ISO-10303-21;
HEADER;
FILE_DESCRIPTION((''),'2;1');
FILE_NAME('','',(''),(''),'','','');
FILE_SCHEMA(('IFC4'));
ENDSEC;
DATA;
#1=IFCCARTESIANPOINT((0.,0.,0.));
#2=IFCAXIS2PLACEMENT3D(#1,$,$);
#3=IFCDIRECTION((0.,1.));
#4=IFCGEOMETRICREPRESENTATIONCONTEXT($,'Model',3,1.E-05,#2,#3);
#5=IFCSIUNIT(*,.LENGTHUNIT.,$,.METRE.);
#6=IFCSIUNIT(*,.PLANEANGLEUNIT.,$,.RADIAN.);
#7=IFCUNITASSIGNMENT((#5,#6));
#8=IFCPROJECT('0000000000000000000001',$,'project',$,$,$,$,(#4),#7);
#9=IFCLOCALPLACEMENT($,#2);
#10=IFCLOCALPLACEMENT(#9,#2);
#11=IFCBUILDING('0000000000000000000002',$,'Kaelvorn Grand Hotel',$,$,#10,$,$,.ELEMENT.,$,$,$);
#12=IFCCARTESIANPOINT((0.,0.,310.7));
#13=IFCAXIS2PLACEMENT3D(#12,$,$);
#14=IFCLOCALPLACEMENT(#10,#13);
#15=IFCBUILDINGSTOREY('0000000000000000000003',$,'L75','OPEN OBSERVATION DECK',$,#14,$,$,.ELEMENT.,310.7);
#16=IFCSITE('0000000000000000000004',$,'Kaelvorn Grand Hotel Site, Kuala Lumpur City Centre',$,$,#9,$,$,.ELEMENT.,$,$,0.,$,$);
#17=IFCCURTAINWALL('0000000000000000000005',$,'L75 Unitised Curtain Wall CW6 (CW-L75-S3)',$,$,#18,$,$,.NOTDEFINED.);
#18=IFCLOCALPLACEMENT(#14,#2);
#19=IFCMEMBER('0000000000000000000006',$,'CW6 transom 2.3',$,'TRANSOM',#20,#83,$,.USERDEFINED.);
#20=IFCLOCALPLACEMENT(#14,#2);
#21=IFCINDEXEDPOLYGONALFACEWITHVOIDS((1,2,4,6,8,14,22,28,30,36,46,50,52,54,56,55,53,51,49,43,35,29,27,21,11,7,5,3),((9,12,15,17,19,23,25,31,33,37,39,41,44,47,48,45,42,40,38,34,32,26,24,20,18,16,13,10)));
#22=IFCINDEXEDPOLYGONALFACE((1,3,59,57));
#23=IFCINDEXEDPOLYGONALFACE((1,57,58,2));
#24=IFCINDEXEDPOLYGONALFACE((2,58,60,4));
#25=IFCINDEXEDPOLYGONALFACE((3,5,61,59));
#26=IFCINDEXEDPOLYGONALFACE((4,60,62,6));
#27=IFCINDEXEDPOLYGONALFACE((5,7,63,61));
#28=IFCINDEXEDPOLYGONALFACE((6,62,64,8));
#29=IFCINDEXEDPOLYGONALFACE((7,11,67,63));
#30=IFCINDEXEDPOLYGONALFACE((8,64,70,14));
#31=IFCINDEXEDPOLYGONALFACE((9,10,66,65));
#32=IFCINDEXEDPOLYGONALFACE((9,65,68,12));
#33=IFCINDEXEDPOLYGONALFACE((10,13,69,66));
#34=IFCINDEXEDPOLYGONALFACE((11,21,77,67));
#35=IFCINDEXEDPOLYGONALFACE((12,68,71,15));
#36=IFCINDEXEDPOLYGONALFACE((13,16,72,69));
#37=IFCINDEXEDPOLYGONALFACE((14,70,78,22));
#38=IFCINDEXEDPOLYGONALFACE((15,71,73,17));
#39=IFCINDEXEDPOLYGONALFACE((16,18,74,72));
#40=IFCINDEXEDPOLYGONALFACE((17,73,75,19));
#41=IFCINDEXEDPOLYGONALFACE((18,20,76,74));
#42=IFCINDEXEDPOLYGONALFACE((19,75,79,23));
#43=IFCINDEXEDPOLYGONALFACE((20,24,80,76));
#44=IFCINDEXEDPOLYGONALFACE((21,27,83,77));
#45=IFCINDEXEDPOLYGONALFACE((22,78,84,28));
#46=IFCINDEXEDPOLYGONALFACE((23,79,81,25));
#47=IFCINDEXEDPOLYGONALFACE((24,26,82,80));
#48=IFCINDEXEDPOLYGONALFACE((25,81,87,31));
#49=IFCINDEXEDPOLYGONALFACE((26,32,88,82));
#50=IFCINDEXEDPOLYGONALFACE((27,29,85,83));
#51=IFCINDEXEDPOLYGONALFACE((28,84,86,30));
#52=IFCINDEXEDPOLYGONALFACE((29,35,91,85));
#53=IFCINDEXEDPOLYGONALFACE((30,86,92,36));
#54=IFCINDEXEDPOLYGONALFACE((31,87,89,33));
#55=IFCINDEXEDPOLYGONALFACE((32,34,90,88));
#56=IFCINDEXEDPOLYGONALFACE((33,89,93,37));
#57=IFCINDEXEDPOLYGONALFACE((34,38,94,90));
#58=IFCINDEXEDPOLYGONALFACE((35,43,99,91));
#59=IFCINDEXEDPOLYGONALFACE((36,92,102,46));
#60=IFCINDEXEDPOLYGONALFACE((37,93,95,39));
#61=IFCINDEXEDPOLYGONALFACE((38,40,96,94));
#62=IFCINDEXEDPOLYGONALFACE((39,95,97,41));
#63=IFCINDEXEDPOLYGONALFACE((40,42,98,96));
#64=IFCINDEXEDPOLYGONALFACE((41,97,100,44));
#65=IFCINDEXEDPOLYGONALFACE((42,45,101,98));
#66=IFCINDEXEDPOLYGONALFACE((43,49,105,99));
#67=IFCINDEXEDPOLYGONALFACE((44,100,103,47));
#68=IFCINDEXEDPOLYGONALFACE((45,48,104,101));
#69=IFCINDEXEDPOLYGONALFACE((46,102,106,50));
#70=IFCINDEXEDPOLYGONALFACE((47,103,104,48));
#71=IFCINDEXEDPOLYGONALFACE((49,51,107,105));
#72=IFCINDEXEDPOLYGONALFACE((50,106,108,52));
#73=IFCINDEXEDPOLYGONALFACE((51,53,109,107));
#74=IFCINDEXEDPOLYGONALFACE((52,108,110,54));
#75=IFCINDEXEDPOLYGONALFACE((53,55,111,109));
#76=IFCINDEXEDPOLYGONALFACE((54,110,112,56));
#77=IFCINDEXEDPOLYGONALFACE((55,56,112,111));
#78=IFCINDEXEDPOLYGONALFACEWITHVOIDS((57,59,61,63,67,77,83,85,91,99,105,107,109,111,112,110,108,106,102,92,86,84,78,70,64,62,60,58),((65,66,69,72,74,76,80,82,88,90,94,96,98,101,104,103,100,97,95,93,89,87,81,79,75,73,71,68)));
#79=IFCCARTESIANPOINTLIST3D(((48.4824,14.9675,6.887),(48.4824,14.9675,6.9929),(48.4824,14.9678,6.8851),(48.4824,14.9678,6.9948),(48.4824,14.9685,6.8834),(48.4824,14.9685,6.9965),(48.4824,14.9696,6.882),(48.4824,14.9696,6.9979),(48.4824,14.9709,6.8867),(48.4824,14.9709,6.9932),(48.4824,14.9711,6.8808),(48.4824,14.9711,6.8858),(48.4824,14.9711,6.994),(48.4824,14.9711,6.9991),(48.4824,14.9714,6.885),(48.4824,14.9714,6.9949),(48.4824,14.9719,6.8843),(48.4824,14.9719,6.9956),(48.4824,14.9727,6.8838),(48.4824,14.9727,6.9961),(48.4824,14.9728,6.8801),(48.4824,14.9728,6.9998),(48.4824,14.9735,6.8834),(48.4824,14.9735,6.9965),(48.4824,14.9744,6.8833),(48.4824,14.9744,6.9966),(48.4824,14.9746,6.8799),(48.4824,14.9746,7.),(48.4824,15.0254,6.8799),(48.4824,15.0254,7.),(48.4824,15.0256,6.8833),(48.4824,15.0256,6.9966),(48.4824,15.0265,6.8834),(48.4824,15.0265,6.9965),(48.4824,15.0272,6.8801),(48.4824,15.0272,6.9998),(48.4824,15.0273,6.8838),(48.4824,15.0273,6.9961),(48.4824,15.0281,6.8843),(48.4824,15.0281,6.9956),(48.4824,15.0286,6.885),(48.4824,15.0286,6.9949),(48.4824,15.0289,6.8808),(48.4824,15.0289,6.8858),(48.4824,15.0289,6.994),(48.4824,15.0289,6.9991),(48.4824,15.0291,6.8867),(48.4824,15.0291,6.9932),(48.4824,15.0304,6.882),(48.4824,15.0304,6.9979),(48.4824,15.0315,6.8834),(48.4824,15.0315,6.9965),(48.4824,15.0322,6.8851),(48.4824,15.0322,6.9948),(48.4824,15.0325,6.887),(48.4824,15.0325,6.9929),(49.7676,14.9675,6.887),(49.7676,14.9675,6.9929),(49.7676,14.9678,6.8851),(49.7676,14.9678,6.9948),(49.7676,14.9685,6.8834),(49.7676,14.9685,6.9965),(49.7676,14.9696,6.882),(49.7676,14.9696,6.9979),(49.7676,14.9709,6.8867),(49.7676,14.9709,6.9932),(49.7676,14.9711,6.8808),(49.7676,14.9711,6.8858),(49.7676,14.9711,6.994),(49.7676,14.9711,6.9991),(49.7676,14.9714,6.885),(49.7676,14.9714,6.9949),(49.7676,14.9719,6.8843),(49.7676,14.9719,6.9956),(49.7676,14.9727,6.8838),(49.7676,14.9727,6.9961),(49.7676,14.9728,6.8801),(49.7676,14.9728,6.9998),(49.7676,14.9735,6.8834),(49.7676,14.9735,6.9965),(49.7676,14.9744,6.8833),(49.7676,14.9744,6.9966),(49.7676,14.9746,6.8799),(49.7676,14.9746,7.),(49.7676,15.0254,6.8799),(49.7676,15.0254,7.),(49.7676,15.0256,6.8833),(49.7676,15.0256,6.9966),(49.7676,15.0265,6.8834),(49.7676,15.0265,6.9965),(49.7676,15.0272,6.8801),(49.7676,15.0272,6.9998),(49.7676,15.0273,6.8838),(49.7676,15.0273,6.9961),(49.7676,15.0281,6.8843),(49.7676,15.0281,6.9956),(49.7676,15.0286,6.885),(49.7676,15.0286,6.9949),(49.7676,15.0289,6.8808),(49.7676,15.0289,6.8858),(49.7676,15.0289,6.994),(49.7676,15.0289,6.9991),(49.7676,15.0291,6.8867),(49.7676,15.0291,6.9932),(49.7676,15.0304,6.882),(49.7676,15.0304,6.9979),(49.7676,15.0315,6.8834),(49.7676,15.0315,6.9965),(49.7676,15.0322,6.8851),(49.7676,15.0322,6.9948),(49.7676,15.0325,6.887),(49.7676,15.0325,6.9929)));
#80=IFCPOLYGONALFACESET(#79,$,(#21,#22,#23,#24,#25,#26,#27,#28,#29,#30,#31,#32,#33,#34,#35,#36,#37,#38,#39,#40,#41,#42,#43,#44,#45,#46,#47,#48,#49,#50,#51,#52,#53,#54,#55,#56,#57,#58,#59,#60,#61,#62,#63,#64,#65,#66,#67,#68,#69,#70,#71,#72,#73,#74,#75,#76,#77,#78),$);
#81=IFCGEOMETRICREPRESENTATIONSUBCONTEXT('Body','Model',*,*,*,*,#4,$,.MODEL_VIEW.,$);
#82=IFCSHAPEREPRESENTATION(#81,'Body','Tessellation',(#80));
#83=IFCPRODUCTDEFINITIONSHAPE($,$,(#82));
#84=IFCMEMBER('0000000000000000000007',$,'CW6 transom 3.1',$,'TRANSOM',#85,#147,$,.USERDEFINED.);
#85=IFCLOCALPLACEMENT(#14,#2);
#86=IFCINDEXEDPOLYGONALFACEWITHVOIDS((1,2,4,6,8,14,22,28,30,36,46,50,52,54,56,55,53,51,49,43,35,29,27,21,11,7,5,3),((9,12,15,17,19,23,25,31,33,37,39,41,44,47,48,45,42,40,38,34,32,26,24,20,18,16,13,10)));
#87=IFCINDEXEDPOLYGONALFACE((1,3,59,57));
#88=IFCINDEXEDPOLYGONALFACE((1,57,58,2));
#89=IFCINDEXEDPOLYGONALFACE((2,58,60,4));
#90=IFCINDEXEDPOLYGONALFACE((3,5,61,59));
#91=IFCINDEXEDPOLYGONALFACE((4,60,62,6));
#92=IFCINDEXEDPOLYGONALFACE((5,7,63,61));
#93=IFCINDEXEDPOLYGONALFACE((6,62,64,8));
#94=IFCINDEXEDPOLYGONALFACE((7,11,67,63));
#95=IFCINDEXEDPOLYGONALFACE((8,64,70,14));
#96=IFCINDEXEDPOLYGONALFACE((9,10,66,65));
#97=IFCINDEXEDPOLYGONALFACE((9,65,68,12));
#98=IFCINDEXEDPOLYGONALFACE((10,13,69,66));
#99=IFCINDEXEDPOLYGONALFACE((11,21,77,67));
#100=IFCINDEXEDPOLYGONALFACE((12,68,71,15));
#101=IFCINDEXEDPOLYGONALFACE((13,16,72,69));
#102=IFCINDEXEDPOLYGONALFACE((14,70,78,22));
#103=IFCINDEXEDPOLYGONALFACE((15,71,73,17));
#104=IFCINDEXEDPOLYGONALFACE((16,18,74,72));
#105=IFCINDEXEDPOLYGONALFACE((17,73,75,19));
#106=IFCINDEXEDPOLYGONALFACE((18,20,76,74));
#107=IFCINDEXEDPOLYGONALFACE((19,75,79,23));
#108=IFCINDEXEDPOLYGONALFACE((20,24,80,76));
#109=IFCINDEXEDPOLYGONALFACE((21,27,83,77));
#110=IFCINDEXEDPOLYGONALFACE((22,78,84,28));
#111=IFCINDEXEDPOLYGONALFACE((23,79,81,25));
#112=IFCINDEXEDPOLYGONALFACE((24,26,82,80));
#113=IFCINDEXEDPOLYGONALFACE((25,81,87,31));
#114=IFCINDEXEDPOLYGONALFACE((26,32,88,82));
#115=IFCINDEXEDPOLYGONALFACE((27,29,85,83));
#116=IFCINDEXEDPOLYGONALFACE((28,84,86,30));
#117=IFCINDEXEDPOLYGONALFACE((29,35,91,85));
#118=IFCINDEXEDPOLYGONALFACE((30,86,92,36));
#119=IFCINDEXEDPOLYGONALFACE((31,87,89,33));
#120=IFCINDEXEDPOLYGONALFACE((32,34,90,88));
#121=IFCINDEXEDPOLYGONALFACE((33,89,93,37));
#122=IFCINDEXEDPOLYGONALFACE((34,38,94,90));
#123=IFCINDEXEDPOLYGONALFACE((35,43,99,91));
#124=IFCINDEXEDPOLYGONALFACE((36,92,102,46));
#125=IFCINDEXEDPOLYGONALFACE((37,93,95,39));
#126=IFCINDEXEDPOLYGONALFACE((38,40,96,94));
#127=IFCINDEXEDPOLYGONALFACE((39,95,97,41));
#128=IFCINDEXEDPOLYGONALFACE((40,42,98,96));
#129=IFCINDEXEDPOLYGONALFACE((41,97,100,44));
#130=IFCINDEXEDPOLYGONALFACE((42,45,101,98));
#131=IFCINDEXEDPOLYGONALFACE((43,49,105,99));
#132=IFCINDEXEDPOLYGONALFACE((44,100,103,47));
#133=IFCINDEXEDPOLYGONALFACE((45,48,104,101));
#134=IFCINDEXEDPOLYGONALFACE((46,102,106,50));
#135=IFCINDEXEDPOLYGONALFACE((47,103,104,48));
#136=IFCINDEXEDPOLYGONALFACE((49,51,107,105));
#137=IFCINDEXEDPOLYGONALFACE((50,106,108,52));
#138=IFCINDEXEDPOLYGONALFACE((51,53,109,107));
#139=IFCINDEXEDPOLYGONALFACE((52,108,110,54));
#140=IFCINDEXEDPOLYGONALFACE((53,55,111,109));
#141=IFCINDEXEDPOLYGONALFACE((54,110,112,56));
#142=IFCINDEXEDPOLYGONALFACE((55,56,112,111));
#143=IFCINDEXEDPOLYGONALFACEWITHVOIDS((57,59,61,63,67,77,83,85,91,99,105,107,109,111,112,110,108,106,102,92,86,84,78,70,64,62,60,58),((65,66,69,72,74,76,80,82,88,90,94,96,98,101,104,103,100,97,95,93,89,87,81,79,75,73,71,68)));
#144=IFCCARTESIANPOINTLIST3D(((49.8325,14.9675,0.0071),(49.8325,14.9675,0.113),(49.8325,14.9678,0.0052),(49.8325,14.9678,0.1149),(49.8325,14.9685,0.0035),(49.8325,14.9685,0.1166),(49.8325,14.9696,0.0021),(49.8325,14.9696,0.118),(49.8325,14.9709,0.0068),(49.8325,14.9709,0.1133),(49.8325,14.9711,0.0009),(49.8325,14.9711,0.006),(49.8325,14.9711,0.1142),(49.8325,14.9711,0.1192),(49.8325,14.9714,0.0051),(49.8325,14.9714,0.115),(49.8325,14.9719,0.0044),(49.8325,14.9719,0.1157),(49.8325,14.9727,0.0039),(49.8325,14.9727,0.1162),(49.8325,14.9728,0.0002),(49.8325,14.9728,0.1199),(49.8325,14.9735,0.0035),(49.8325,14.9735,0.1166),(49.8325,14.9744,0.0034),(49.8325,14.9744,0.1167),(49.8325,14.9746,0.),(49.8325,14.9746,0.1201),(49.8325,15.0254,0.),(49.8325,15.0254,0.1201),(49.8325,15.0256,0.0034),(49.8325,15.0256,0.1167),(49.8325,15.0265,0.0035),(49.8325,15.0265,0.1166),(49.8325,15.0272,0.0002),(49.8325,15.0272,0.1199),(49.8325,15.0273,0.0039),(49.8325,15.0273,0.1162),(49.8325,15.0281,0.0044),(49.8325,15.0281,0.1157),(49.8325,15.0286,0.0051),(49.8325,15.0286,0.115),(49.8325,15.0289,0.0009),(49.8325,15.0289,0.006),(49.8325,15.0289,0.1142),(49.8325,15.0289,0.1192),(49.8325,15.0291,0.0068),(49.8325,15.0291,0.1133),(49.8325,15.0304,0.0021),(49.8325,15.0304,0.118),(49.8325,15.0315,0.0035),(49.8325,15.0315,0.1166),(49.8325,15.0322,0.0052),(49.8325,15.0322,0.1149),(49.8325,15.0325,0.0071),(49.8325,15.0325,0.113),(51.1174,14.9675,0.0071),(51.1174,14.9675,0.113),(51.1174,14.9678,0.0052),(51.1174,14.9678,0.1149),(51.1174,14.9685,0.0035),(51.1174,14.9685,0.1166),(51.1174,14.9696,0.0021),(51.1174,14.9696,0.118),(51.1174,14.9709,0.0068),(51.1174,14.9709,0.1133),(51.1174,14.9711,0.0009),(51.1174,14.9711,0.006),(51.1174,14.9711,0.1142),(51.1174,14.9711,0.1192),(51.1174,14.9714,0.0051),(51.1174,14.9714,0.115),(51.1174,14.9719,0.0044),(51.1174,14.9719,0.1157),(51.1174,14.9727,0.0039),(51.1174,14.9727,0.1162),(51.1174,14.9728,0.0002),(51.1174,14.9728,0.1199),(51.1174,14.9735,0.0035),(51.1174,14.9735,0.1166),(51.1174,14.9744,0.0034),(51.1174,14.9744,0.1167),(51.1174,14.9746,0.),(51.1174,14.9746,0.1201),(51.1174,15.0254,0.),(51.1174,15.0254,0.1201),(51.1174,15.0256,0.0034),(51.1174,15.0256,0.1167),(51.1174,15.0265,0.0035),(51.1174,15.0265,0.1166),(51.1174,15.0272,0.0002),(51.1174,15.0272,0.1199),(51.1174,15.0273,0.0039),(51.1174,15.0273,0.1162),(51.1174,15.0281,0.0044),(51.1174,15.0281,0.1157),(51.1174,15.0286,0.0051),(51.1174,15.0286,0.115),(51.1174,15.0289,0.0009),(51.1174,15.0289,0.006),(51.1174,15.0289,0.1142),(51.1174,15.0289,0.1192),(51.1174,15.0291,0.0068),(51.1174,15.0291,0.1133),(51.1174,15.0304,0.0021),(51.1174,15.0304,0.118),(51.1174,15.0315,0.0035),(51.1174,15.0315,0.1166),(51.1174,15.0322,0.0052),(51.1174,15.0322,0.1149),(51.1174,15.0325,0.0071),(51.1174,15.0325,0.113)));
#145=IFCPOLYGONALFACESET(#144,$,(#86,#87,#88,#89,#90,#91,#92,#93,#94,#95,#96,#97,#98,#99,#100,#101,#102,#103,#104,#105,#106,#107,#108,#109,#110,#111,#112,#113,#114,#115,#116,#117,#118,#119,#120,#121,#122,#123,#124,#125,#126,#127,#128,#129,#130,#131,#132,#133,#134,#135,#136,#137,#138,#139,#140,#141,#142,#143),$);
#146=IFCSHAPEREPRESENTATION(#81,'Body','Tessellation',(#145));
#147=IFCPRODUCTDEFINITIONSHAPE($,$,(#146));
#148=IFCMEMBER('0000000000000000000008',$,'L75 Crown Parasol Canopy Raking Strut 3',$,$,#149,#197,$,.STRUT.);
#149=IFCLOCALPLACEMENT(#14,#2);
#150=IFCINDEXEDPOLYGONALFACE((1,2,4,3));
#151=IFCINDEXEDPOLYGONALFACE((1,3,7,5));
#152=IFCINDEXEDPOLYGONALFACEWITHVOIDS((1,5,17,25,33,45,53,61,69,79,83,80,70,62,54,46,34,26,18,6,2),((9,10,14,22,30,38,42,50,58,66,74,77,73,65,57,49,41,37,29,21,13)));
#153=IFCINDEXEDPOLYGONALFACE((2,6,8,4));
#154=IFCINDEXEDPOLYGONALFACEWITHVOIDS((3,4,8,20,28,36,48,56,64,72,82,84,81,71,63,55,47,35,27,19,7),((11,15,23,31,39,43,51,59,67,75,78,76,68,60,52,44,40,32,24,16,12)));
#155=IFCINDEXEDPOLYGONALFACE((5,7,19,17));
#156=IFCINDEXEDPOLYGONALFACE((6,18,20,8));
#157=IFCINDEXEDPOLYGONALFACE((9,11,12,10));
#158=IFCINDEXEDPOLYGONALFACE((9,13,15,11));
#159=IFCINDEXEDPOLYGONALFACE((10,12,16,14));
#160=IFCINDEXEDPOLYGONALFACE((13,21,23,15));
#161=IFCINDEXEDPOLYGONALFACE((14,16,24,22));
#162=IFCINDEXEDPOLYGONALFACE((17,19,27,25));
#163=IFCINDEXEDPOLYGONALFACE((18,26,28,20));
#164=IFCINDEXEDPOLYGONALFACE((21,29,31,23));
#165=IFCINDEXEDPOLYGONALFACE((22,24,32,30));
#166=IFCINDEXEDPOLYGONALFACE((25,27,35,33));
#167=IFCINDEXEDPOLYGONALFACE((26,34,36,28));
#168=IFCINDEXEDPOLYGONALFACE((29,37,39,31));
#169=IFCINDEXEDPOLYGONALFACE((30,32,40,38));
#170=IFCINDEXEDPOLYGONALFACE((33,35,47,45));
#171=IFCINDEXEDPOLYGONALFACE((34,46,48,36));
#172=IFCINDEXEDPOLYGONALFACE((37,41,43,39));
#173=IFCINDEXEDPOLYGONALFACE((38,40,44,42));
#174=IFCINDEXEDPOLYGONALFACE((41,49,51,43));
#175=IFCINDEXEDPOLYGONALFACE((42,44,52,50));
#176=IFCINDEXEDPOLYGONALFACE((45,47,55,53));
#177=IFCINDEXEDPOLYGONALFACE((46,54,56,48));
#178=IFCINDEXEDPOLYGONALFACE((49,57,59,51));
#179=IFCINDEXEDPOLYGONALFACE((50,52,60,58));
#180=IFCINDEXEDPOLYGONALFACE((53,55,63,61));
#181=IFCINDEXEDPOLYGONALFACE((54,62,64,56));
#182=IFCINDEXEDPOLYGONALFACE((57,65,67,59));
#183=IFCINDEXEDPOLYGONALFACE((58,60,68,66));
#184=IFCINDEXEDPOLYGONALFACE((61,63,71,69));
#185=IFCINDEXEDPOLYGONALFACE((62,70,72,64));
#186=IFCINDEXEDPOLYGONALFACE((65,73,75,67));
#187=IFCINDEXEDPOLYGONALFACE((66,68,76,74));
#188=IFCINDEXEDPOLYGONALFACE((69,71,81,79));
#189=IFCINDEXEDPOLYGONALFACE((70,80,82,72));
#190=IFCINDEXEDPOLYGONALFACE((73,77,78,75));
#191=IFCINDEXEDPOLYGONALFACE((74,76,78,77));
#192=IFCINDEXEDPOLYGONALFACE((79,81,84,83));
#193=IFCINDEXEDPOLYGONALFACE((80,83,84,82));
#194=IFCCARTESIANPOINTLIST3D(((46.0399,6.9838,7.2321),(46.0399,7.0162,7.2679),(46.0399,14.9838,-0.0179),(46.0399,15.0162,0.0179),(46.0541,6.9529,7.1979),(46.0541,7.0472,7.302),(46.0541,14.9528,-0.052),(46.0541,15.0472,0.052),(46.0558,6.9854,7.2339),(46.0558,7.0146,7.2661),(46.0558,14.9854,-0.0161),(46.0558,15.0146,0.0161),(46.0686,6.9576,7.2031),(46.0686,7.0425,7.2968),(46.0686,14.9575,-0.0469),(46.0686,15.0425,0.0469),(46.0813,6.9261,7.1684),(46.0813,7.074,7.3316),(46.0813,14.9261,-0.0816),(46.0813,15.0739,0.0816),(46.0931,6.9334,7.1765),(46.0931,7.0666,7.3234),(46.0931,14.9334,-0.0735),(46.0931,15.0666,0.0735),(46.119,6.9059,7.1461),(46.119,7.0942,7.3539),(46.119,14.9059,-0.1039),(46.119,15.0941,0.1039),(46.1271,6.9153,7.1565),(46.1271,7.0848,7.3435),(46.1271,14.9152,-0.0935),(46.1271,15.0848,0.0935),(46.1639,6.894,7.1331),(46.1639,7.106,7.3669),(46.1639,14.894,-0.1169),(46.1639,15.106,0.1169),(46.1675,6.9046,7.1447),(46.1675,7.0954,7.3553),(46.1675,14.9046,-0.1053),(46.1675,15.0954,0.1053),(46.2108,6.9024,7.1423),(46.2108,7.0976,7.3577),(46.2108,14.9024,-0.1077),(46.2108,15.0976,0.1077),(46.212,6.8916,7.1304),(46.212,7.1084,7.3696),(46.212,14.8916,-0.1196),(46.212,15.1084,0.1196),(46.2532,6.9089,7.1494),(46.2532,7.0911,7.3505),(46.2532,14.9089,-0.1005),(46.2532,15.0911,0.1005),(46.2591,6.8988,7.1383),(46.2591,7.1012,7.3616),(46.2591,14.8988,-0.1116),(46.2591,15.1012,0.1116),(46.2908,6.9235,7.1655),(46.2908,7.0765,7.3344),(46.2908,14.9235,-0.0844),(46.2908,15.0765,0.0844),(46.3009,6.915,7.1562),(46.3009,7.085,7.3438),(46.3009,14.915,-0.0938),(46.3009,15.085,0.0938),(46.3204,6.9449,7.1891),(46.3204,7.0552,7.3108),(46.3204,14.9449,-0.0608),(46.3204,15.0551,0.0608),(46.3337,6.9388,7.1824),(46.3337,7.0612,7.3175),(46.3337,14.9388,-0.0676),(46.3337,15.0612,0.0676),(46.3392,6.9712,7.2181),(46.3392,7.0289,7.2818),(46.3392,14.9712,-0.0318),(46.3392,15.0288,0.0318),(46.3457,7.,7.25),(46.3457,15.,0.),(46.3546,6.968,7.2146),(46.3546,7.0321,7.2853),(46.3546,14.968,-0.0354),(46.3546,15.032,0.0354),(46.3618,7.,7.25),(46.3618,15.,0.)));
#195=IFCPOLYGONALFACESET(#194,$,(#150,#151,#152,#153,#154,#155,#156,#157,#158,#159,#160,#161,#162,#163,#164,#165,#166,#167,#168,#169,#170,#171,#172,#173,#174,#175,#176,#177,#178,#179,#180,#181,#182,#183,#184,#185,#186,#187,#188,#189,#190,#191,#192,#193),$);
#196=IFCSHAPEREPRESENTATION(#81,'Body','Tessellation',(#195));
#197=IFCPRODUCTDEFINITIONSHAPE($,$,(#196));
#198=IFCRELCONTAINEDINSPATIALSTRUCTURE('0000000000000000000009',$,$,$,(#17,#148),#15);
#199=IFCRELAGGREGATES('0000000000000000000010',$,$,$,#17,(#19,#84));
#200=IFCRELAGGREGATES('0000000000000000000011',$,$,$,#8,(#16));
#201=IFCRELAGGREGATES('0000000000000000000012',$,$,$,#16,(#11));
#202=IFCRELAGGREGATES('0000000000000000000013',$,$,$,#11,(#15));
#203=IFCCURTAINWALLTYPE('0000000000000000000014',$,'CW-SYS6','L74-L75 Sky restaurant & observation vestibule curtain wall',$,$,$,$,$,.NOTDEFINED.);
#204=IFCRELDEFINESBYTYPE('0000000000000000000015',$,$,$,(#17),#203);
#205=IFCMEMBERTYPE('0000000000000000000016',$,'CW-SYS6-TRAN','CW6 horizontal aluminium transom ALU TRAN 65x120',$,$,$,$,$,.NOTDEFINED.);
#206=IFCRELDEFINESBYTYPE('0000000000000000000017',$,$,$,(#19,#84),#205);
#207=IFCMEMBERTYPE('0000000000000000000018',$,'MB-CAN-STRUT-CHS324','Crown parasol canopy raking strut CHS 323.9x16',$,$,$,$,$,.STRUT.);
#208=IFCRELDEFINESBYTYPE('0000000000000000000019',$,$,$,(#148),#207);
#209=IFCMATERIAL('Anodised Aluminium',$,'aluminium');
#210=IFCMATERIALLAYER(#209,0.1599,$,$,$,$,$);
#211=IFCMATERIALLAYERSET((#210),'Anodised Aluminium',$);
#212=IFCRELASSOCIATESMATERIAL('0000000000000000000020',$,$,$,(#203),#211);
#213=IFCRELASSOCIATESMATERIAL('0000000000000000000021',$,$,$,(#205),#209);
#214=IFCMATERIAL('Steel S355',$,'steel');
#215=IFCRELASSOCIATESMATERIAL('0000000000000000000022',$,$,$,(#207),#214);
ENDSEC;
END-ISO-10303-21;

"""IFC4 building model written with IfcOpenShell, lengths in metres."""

from ifc_helpers import new_model, si_unit, direction, frame, origin, origin_2d, place, context, subcontext, project, spatial, hollow_rectangle, hollow_circle, extrude, material, layer, layer_set, material_profile, profile_set, type_object, element, aggregate, save


model = new_model("IFC4")

# Units and contexts
model_context = context("Model", 3, precision=1e-05, world=origin(), true_north=direction((0.0, 1.0)))
body_context = subcontext(model_context, "Body", "Model", "MODEL_VIEW")
ifc_project = project(units=[si_unit("LENGTHUNIT", "METRE"), si_unit("PLANEANGLEUNIT", "RADIAN")], contexts=[model_context])

# Site, building, storey
site_placement = place(None, origin())
site = spatial("IfcSite", under=ifc_project, at=site_placement, Name="Kaelvorn Grand Hotel Site, Kuala Lumpur City Centre", CompositionType="ELEMENT", RefElevation=0.0)
building_placement = place(site_placement, origin())
building = spatial("IfcBuilding", under=site, at=building_placement, Name="Kaelvorn Grand Hotel", CompositionType="ELEMENT")
storey_placement = place(building_placement, frame((0.0, 0.0, 310.7)))
storey = spatial("IfcBuildingStorey", under=building, at=storey_placement, Name="L75", Description="OPEN OBSERVATION DECK", CompositionType="ELEMENT", Elevation=310.7)

# Shared definitions
ifc_material_1 = material(Name="Steel S355", Category="steel")

# Curtain wall, members
ifc_material_2 = material(Name="Anodised Aluminium", Category="aluminium")
ifc_layer_1 = layer(ifc_material_2, 0.1599)
ifc_layer_set_1 = layer_set([ifc_layer_1], Name="Anodised Aluminium")
curtain_wall_type = type_object("IfcCurtainWallType", Name="CW-SYS6", Description="L74-L75 Sky restaurant & observation vestibule curtain wall", PredefinedType="NOTDEFINED", material=ifc_layer_set_1)
curtain_wall_placement = place(storey_placement, origin())
curtain_wall = element("IfcCurtainWall", 1, at=curtain_wall_placement, inside=storey, type_object=curtain_wall_type, Name="L75 Unitised Curtain Wall CW6 (CW-L75-S3)", PredefinedType="NOTDEFINED")
ifc_material_profile_1 = material_profile(ifc_material_2, hollow_rectangle(XDim=0.0649, YDim=0.1201, WallThickness=0.0034, InnerFilletRadius=0.0034, OuterFilletRadius=0.0071, at=origin_2d()), Name="ALU TRAN 65x120")
ifc_profile_set_1 = profile_set([ifc_material_profile_1], Name="Anodised Aluminium")
member_type_1 = type_object("IfcMemberType", Name="CW-SYS6-TRAN", Description="CW6 horizontal aluminium transom ALU TRAN 65x120", PredefinedType="NOTDEFINED", material=ifc_profile_set_1)
member_1_placement = place(storey_placement, frame((48.4824, 15.0, 6.9399), z_axis=(1.0, 0.0, 0.0), x_axis=(0.0, 1.0, 0.0)))
member_1 = element("IfcMember", 2, at=member_1_placement, type_object=member_type_1, Name="CW6 transom 2.3", ObjectType="TRANSOM", PredefinedType="USERDEFINED", context=body_context, shape_type="SweptSolid", body=[
    extrude(hollow_rectangle(XDim=0.0649, YDim=0.1201, WallThickness=0.0034, InnerFilletRadius=0.0034, OuterFilletRadius=0.0071, at=origin_2d()), origin(), (0.0, 0.0, 1.0), 1.2852),
])
member_2_placement = place(storey_placement, frame((49.8325, 15.0, 0.0601), z_axis=(1.0, 0.0, 0.0), x_axis=(0.0, 1.0, 0.0)))
member_2 = element("IfcMember", 3, at=member_2_placement, type_object=member_type_1, Name="CW6 transom 3.1", ObjectType="TRANSOM", PredefinedType="USERDEFINED", context=body_context, shape_type="SweptSolid", body=[
    extrude(hollow_rectangle(XDim=0.0649, YDim=0.1201, WallThickness=0.0034, InnerFilletRadius=0.0034, OuterFilletRadius=0.0071, at=origin_2d()), origin(), (0.0, 0.0, 1.0), 1.2849),
])

# Member
ifc_material_profile_2 = material_profile(ifc_material_1, hollow_circle(Radius=0.1619, WallThickness=0.0161, at=origin_2d()), Name="CHS 323.9x16.0")
ifc_profile_set_2 = profile_set([ifc_material_profile_2], Name="Steel S355")
member_type_2 = type_object("IfcMemberType", Name="MB-CAN-STRUT-CHS324", Description="Crown parasol canopy raking strut CHS 323.9x16", PredefinedType="STRUT", material=ifc_profile_set_2)
member_3_placement = place(storey_placement, frame((46.2, 15.0, 0.0), z_axis=(0.0, -0.740987, 0.671519), x_axis=(1.0, 0.0, 0.0)))
element("IfcMember", 4, at=member_3_placement, inside=storey, type_object=member_type_2, Name="L75 Crown Parasol Canopy Raking Strut 3", PredefinedType="STRUT", context=body_context, shape_type="SweptSolid", body=[
    extrude(hollow_circle(Radius=0.1619, WallThickness=0.0161, at=origin_2d()), origin(), (0.0, 0.0, 1.0), 10.7964),
])

aggregate(curtain_wall, [member_1, member_2])

save(model, "model.ifc")
